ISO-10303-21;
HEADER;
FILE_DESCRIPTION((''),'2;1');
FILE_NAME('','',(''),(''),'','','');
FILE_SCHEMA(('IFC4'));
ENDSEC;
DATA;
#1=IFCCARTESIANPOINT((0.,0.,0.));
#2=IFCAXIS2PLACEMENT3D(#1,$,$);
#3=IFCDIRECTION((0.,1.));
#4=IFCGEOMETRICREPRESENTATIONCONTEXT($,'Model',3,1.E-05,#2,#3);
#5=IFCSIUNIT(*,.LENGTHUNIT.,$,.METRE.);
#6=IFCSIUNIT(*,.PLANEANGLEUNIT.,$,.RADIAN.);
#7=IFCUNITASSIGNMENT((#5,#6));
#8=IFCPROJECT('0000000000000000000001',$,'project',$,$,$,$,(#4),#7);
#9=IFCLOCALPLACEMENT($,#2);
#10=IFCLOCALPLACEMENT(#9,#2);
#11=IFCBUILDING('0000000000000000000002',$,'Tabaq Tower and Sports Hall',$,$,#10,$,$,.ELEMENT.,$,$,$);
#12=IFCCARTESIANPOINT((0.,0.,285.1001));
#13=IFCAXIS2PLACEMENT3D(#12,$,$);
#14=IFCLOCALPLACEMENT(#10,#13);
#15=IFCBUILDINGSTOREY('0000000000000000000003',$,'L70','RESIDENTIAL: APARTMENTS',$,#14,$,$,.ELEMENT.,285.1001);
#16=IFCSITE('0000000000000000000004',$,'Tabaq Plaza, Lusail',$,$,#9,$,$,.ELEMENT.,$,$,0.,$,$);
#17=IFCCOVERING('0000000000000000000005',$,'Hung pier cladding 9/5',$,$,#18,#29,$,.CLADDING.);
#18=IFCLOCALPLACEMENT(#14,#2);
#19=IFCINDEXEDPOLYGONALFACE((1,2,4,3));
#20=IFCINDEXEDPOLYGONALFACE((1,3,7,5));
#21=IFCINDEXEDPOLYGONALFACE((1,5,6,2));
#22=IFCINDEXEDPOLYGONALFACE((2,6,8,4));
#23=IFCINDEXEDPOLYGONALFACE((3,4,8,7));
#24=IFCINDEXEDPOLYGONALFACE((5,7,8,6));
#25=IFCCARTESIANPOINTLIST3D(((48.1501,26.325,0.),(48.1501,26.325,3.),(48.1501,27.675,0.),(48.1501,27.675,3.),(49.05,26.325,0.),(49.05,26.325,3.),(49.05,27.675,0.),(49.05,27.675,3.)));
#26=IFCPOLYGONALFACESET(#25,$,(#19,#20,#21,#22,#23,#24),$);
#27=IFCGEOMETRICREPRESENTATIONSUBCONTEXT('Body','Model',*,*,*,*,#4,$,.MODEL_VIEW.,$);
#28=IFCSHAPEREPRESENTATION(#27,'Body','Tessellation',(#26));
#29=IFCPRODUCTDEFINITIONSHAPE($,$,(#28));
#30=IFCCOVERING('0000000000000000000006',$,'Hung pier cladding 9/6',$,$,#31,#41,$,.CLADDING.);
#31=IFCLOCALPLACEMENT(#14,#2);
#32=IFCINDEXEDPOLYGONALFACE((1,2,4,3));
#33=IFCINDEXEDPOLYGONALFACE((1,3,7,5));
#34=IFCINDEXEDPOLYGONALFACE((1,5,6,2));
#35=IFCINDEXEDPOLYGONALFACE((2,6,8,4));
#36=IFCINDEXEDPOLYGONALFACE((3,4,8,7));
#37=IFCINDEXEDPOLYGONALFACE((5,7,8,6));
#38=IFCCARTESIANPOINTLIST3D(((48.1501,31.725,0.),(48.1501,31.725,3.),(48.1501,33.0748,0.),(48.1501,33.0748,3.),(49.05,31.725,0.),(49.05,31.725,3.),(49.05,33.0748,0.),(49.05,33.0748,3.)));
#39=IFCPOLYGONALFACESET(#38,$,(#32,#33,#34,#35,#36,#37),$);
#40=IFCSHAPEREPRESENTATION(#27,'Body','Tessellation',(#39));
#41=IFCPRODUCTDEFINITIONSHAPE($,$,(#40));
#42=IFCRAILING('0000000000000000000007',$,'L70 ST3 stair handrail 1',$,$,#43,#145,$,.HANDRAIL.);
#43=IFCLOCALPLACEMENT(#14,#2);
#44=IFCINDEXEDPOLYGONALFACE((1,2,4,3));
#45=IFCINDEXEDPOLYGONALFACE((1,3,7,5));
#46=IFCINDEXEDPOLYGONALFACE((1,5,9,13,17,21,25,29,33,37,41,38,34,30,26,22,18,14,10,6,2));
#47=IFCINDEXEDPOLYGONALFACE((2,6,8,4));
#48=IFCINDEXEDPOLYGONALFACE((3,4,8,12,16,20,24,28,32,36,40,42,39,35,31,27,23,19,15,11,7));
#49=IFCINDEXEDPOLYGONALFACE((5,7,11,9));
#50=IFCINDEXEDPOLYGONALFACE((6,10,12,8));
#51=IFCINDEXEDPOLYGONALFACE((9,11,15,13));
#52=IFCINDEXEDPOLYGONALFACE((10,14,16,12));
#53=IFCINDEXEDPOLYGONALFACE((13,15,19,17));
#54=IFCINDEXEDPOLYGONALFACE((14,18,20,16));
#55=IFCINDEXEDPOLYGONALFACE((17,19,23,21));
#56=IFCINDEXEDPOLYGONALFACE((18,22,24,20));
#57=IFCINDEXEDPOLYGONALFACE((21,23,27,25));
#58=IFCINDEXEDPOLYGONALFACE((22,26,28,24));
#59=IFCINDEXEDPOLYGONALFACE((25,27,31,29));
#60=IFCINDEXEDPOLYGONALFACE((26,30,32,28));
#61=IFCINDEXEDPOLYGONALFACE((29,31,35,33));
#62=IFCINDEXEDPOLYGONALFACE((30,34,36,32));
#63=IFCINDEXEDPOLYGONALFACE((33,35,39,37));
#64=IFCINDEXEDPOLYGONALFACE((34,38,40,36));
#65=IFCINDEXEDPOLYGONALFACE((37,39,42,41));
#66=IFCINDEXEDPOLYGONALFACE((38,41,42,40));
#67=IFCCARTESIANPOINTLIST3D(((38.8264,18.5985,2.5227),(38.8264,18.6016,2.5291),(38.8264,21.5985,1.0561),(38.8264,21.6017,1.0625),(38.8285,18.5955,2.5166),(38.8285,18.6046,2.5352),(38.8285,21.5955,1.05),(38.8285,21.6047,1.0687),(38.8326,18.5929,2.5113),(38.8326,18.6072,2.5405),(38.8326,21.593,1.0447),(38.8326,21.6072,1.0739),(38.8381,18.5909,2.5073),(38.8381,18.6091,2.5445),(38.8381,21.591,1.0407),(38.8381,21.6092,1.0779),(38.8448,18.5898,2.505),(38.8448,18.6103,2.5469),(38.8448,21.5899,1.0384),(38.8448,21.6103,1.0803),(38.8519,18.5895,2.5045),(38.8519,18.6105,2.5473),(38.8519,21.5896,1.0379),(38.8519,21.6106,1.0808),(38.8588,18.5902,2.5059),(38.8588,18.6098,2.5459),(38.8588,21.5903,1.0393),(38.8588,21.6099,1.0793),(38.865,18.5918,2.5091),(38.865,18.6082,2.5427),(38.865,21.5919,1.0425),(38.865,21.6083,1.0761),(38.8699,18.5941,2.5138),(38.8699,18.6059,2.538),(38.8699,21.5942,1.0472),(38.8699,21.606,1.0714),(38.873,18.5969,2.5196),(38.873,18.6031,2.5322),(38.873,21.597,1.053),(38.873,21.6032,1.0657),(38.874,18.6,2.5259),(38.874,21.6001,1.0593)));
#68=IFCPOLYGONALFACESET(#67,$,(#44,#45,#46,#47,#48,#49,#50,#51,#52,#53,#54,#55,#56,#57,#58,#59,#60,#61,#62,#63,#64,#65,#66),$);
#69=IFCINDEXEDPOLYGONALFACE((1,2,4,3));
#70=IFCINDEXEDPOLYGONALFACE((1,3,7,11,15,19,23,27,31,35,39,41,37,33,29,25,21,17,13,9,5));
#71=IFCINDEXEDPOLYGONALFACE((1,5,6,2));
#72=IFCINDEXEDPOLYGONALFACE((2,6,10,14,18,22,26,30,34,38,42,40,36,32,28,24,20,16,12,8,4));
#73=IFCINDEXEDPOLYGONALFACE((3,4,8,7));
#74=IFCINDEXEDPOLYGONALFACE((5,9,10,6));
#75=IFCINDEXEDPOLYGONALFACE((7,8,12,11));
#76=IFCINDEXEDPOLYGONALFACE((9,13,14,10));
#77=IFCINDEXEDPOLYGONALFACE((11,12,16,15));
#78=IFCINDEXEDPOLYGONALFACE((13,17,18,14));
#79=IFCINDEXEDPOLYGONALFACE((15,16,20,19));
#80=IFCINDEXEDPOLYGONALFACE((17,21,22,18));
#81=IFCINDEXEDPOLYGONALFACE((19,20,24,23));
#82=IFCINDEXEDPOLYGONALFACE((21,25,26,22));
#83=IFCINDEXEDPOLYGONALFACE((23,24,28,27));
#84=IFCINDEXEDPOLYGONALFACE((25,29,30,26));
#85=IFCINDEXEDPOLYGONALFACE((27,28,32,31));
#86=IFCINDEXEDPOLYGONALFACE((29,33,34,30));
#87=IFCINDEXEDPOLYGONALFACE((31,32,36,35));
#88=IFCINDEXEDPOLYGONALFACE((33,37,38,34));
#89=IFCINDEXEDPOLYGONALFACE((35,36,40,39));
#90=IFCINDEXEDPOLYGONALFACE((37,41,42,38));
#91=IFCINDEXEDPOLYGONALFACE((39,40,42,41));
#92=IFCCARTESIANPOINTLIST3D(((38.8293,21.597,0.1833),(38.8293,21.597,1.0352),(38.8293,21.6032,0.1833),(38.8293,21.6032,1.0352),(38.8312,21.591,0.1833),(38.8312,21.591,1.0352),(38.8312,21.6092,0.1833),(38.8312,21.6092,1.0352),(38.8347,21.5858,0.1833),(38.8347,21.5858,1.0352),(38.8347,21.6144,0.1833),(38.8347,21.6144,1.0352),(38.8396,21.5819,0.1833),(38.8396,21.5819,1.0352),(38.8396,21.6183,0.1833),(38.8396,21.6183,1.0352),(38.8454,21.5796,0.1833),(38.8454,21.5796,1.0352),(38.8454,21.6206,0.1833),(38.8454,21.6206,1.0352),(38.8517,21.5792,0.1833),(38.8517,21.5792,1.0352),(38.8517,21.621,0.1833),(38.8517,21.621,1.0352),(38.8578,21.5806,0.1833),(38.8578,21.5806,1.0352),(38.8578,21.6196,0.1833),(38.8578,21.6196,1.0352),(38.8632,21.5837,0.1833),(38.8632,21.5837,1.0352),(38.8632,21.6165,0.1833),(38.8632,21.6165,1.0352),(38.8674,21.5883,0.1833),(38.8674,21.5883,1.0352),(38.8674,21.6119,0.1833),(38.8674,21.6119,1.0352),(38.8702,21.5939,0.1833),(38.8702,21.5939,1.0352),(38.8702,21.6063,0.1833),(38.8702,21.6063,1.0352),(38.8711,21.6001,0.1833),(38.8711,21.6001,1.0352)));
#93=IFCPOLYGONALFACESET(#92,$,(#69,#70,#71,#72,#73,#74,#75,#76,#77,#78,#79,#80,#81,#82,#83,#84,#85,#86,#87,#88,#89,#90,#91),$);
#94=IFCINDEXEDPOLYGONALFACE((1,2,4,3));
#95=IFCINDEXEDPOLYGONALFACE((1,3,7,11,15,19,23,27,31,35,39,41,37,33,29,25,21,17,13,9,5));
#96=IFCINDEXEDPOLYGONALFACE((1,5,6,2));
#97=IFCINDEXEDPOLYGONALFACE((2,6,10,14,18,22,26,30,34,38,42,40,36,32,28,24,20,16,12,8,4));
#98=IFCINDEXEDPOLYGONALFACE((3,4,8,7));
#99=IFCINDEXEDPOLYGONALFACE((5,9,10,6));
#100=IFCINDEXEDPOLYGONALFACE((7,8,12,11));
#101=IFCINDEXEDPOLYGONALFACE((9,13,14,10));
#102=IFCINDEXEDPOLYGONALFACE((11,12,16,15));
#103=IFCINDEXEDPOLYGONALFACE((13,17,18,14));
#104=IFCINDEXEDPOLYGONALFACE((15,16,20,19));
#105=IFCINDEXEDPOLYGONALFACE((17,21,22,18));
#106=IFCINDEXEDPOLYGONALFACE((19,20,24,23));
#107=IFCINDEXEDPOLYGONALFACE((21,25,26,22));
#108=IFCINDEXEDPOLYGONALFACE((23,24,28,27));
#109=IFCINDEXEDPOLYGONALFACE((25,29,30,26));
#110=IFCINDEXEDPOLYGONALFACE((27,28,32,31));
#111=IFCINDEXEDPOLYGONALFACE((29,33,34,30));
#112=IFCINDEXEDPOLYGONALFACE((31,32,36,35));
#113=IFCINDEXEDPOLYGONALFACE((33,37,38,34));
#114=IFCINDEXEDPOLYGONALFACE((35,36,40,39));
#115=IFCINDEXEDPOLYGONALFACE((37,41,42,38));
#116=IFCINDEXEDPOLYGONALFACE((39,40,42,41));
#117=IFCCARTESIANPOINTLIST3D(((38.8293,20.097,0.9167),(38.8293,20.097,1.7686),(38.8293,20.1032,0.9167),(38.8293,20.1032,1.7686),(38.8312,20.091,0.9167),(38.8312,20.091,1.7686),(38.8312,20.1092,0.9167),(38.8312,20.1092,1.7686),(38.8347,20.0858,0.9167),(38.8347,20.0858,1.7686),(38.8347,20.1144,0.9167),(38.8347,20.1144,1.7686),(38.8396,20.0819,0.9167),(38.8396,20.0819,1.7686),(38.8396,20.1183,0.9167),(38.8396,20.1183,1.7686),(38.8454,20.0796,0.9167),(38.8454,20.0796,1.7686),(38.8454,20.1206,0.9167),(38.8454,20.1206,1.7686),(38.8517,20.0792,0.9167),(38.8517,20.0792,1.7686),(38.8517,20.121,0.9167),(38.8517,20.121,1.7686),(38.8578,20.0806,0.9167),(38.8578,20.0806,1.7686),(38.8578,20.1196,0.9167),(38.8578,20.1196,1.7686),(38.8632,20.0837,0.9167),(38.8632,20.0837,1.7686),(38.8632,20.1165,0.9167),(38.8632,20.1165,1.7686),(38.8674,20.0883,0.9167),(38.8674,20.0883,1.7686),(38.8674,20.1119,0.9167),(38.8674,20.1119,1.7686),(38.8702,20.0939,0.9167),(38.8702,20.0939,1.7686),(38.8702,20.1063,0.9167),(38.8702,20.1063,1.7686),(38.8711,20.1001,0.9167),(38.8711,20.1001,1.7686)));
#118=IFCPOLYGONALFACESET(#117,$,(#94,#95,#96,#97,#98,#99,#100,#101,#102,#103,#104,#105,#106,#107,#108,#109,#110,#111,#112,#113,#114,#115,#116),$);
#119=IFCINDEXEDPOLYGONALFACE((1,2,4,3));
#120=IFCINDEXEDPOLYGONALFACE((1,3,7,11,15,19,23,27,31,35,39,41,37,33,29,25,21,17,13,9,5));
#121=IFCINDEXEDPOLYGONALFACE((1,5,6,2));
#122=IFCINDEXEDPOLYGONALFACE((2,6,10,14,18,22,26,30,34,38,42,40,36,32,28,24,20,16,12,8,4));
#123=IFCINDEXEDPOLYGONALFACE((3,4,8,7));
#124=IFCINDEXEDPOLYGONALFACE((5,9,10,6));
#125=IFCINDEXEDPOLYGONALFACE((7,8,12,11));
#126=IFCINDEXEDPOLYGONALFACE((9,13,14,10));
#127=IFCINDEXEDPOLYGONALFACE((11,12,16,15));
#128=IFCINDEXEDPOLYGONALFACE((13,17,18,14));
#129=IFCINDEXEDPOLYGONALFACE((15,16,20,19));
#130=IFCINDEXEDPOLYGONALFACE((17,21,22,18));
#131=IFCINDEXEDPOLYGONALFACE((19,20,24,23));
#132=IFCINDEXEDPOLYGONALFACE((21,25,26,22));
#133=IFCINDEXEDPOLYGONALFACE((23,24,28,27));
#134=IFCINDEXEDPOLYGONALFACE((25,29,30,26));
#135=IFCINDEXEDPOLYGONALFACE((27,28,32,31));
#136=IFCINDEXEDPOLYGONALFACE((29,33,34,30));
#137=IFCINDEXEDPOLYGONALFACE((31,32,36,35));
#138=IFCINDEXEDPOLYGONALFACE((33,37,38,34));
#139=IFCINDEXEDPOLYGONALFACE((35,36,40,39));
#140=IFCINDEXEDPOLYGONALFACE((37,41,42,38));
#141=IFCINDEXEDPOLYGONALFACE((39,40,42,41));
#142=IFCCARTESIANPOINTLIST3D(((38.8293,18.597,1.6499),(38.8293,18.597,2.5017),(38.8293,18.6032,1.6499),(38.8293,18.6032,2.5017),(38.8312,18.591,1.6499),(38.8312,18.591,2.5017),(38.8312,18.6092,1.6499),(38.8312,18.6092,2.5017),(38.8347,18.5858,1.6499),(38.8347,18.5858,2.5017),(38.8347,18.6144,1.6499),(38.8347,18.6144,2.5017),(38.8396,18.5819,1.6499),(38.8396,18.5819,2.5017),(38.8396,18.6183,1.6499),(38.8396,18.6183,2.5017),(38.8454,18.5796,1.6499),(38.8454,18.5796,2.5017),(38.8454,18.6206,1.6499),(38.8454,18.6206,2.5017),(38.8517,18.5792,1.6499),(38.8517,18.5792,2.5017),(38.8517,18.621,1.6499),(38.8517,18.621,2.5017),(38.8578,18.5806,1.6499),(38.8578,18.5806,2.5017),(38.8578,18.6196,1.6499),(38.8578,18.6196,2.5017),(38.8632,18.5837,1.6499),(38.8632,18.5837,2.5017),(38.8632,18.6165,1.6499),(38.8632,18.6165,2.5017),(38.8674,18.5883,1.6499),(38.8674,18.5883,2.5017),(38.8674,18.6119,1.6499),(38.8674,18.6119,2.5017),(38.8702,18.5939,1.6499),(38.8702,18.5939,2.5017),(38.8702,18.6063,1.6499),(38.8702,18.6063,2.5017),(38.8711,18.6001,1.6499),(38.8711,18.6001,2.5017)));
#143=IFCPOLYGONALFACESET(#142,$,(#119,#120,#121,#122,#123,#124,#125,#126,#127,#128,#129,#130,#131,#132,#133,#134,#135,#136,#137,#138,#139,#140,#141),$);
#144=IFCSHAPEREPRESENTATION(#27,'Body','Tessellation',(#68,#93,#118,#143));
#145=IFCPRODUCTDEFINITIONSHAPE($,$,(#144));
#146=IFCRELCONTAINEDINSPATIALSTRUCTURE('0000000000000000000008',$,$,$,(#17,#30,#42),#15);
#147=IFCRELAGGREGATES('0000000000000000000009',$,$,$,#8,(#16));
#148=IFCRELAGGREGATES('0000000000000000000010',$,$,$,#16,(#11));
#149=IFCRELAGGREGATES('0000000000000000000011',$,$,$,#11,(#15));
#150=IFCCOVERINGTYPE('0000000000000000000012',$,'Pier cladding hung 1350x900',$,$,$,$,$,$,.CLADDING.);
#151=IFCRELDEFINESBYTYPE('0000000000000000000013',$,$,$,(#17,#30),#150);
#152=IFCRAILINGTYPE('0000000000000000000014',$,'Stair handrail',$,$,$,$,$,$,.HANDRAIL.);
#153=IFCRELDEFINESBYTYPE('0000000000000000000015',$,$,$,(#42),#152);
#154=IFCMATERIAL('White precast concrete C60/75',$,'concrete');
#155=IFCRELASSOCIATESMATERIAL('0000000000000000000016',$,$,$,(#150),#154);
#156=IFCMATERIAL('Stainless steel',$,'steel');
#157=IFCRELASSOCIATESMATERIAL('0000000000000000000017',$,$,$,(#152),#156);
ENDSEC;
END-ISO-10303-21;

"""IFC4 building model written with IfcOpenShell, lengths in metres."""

from ifc_helpers import new_model, si_unit, direction, frame, frame_2d, origin, origin_2d, place, context, subcontext, project, spatial, rectangle, circle, extrude, material, type_object, element, save


model = new_model("IFC4")

# Units and contexts
model_context = context("Model", 3, precision=1e-05, world=origin(), true_north=direction((0.0, 1.0)))
body_context = subcontext(model_context, "Body", "Model", "MODEL_VIEW")
ifc_project = project(units=[si_unit("LENGTHUNIT", "METRE"), si_unit("PLANEANGLEUNIT", "RADIAN")], contexts=[model_context])

# Site, building, storey
site_placement = place(None, origin())
site = spatial("IfcSite", under=ifc_project, at=site_placement, Name="Tabaq Plaza, Lusail", CompositionType="ELEMENT", RefElevation=0.0)
building_placement = place(site_placement, origin())
building = spatial("IfcBuilding", under=site, at=building_placement, Name="Tabaq Tower and Sports Hall", CompositionType="ELEMENT")
storey_placement = place(building_placement, frame((0.0, 0.0, 285.1001)))
storey = spatial("IfcBuildingStorey", under=building, at=storey_placement, Name="L70", Description="RESIDENTIAL: APARTMENTS", CompositionType="ELEMENT", Elevation=285.1001)

# Coverings
ifc_material_1 = material(Name="White precast concrete C60/75", Category="concrete")
covering_type_1 = type_object("IfcCoveringType", Name="Pier cladding hung 1350x900", PredefinedType="CLADDING", material=ifc_material_1)
covering_1_placement = place(storey_placement, frame((48.6001, 26.325, 0.0), z_axis=(0.0, 0.0, 1.0), x_axis=(0.0, 1.0, 0.0)))
element("IfcCovering", 1, at=covering_1_placement, inside=storey, type_object=covering_type_1, Name="Hung pier cladding 9/5", PredefinedType="CLADDING", context=body_context, shape_type="SweptSolid", body=[
    extrude(rectangle(XDim=1.3501, YDim=0.8999, at=frame_2d((0.675, 0.0))), origin(), (0.0, 0.0, 1.0), 3.0),
])
covering_2_placement = place(storey_placement, frame((48.6001, 31.7251, 0.0), z_axis=(0.0, 0.0, 1.0), x_axis=(0.0, 1.0, 0.0)))
element("IfcCovering", 2, at=covering_2_placement, inside=storey, type_object=covering_type_1, Name="Hung pier cladding 9/6", PredefinedType="CLADDING", context=body_context, shape_type="SweptSolid", body=[
    extrude(rectangle(XDim=1.3499, YDim=0.8999, at=frame_2d((0.6748, 0.0))), origin(), (0.0, 0.0, 1.0), 3.0),
])

# Railing
ifc_material_2 = material(Name="Stainless steel", Category="steel")
railing_type_1 = type_object("IfcRailingType", Name="Stair handrail", PredefinedType="HANDRAIL", material=ifc_material_2)
railing_1_placement = place(storey_placement, frame((38.8501, 21.6001, 0.1833)))
element("IfcRailing", 3, at=railing_1_placement, inside=storey, type_object=railing_type_1, Name="L70 ST3 stair handrail 1", PredefinedType="HANDRAIL", context=body_context, shape_type="SweptSolid", body=[
    extrude(circle(Radius=0.0239, at=origin_2d()), frame((0.0, 0.0, 0.876), z_axis=(0.0, -0.898398, 0.439183), x_axis=(1.0, 0.0, 0.0)), (0.0, 0.0, 1.0), 3.3394),
    extrude(circle(Radius=0.021, at=origin_2d()), origin(), (0.0, 0.0, 1.0), 0.8518),
    extrude(circle(Radius=0.021, at=origin_2d()), frame((0.0, -1.5, 0.7334)), (0.0, 0.0, 1.0), 0.8518),
    extrude(circle(Radius=0.021, at=origin_2d()), frame((0.0, -3.0, 1.4666)), (0.0, 0.0, 1.0), 0.8518),
])

save(model, "model.ifc")
